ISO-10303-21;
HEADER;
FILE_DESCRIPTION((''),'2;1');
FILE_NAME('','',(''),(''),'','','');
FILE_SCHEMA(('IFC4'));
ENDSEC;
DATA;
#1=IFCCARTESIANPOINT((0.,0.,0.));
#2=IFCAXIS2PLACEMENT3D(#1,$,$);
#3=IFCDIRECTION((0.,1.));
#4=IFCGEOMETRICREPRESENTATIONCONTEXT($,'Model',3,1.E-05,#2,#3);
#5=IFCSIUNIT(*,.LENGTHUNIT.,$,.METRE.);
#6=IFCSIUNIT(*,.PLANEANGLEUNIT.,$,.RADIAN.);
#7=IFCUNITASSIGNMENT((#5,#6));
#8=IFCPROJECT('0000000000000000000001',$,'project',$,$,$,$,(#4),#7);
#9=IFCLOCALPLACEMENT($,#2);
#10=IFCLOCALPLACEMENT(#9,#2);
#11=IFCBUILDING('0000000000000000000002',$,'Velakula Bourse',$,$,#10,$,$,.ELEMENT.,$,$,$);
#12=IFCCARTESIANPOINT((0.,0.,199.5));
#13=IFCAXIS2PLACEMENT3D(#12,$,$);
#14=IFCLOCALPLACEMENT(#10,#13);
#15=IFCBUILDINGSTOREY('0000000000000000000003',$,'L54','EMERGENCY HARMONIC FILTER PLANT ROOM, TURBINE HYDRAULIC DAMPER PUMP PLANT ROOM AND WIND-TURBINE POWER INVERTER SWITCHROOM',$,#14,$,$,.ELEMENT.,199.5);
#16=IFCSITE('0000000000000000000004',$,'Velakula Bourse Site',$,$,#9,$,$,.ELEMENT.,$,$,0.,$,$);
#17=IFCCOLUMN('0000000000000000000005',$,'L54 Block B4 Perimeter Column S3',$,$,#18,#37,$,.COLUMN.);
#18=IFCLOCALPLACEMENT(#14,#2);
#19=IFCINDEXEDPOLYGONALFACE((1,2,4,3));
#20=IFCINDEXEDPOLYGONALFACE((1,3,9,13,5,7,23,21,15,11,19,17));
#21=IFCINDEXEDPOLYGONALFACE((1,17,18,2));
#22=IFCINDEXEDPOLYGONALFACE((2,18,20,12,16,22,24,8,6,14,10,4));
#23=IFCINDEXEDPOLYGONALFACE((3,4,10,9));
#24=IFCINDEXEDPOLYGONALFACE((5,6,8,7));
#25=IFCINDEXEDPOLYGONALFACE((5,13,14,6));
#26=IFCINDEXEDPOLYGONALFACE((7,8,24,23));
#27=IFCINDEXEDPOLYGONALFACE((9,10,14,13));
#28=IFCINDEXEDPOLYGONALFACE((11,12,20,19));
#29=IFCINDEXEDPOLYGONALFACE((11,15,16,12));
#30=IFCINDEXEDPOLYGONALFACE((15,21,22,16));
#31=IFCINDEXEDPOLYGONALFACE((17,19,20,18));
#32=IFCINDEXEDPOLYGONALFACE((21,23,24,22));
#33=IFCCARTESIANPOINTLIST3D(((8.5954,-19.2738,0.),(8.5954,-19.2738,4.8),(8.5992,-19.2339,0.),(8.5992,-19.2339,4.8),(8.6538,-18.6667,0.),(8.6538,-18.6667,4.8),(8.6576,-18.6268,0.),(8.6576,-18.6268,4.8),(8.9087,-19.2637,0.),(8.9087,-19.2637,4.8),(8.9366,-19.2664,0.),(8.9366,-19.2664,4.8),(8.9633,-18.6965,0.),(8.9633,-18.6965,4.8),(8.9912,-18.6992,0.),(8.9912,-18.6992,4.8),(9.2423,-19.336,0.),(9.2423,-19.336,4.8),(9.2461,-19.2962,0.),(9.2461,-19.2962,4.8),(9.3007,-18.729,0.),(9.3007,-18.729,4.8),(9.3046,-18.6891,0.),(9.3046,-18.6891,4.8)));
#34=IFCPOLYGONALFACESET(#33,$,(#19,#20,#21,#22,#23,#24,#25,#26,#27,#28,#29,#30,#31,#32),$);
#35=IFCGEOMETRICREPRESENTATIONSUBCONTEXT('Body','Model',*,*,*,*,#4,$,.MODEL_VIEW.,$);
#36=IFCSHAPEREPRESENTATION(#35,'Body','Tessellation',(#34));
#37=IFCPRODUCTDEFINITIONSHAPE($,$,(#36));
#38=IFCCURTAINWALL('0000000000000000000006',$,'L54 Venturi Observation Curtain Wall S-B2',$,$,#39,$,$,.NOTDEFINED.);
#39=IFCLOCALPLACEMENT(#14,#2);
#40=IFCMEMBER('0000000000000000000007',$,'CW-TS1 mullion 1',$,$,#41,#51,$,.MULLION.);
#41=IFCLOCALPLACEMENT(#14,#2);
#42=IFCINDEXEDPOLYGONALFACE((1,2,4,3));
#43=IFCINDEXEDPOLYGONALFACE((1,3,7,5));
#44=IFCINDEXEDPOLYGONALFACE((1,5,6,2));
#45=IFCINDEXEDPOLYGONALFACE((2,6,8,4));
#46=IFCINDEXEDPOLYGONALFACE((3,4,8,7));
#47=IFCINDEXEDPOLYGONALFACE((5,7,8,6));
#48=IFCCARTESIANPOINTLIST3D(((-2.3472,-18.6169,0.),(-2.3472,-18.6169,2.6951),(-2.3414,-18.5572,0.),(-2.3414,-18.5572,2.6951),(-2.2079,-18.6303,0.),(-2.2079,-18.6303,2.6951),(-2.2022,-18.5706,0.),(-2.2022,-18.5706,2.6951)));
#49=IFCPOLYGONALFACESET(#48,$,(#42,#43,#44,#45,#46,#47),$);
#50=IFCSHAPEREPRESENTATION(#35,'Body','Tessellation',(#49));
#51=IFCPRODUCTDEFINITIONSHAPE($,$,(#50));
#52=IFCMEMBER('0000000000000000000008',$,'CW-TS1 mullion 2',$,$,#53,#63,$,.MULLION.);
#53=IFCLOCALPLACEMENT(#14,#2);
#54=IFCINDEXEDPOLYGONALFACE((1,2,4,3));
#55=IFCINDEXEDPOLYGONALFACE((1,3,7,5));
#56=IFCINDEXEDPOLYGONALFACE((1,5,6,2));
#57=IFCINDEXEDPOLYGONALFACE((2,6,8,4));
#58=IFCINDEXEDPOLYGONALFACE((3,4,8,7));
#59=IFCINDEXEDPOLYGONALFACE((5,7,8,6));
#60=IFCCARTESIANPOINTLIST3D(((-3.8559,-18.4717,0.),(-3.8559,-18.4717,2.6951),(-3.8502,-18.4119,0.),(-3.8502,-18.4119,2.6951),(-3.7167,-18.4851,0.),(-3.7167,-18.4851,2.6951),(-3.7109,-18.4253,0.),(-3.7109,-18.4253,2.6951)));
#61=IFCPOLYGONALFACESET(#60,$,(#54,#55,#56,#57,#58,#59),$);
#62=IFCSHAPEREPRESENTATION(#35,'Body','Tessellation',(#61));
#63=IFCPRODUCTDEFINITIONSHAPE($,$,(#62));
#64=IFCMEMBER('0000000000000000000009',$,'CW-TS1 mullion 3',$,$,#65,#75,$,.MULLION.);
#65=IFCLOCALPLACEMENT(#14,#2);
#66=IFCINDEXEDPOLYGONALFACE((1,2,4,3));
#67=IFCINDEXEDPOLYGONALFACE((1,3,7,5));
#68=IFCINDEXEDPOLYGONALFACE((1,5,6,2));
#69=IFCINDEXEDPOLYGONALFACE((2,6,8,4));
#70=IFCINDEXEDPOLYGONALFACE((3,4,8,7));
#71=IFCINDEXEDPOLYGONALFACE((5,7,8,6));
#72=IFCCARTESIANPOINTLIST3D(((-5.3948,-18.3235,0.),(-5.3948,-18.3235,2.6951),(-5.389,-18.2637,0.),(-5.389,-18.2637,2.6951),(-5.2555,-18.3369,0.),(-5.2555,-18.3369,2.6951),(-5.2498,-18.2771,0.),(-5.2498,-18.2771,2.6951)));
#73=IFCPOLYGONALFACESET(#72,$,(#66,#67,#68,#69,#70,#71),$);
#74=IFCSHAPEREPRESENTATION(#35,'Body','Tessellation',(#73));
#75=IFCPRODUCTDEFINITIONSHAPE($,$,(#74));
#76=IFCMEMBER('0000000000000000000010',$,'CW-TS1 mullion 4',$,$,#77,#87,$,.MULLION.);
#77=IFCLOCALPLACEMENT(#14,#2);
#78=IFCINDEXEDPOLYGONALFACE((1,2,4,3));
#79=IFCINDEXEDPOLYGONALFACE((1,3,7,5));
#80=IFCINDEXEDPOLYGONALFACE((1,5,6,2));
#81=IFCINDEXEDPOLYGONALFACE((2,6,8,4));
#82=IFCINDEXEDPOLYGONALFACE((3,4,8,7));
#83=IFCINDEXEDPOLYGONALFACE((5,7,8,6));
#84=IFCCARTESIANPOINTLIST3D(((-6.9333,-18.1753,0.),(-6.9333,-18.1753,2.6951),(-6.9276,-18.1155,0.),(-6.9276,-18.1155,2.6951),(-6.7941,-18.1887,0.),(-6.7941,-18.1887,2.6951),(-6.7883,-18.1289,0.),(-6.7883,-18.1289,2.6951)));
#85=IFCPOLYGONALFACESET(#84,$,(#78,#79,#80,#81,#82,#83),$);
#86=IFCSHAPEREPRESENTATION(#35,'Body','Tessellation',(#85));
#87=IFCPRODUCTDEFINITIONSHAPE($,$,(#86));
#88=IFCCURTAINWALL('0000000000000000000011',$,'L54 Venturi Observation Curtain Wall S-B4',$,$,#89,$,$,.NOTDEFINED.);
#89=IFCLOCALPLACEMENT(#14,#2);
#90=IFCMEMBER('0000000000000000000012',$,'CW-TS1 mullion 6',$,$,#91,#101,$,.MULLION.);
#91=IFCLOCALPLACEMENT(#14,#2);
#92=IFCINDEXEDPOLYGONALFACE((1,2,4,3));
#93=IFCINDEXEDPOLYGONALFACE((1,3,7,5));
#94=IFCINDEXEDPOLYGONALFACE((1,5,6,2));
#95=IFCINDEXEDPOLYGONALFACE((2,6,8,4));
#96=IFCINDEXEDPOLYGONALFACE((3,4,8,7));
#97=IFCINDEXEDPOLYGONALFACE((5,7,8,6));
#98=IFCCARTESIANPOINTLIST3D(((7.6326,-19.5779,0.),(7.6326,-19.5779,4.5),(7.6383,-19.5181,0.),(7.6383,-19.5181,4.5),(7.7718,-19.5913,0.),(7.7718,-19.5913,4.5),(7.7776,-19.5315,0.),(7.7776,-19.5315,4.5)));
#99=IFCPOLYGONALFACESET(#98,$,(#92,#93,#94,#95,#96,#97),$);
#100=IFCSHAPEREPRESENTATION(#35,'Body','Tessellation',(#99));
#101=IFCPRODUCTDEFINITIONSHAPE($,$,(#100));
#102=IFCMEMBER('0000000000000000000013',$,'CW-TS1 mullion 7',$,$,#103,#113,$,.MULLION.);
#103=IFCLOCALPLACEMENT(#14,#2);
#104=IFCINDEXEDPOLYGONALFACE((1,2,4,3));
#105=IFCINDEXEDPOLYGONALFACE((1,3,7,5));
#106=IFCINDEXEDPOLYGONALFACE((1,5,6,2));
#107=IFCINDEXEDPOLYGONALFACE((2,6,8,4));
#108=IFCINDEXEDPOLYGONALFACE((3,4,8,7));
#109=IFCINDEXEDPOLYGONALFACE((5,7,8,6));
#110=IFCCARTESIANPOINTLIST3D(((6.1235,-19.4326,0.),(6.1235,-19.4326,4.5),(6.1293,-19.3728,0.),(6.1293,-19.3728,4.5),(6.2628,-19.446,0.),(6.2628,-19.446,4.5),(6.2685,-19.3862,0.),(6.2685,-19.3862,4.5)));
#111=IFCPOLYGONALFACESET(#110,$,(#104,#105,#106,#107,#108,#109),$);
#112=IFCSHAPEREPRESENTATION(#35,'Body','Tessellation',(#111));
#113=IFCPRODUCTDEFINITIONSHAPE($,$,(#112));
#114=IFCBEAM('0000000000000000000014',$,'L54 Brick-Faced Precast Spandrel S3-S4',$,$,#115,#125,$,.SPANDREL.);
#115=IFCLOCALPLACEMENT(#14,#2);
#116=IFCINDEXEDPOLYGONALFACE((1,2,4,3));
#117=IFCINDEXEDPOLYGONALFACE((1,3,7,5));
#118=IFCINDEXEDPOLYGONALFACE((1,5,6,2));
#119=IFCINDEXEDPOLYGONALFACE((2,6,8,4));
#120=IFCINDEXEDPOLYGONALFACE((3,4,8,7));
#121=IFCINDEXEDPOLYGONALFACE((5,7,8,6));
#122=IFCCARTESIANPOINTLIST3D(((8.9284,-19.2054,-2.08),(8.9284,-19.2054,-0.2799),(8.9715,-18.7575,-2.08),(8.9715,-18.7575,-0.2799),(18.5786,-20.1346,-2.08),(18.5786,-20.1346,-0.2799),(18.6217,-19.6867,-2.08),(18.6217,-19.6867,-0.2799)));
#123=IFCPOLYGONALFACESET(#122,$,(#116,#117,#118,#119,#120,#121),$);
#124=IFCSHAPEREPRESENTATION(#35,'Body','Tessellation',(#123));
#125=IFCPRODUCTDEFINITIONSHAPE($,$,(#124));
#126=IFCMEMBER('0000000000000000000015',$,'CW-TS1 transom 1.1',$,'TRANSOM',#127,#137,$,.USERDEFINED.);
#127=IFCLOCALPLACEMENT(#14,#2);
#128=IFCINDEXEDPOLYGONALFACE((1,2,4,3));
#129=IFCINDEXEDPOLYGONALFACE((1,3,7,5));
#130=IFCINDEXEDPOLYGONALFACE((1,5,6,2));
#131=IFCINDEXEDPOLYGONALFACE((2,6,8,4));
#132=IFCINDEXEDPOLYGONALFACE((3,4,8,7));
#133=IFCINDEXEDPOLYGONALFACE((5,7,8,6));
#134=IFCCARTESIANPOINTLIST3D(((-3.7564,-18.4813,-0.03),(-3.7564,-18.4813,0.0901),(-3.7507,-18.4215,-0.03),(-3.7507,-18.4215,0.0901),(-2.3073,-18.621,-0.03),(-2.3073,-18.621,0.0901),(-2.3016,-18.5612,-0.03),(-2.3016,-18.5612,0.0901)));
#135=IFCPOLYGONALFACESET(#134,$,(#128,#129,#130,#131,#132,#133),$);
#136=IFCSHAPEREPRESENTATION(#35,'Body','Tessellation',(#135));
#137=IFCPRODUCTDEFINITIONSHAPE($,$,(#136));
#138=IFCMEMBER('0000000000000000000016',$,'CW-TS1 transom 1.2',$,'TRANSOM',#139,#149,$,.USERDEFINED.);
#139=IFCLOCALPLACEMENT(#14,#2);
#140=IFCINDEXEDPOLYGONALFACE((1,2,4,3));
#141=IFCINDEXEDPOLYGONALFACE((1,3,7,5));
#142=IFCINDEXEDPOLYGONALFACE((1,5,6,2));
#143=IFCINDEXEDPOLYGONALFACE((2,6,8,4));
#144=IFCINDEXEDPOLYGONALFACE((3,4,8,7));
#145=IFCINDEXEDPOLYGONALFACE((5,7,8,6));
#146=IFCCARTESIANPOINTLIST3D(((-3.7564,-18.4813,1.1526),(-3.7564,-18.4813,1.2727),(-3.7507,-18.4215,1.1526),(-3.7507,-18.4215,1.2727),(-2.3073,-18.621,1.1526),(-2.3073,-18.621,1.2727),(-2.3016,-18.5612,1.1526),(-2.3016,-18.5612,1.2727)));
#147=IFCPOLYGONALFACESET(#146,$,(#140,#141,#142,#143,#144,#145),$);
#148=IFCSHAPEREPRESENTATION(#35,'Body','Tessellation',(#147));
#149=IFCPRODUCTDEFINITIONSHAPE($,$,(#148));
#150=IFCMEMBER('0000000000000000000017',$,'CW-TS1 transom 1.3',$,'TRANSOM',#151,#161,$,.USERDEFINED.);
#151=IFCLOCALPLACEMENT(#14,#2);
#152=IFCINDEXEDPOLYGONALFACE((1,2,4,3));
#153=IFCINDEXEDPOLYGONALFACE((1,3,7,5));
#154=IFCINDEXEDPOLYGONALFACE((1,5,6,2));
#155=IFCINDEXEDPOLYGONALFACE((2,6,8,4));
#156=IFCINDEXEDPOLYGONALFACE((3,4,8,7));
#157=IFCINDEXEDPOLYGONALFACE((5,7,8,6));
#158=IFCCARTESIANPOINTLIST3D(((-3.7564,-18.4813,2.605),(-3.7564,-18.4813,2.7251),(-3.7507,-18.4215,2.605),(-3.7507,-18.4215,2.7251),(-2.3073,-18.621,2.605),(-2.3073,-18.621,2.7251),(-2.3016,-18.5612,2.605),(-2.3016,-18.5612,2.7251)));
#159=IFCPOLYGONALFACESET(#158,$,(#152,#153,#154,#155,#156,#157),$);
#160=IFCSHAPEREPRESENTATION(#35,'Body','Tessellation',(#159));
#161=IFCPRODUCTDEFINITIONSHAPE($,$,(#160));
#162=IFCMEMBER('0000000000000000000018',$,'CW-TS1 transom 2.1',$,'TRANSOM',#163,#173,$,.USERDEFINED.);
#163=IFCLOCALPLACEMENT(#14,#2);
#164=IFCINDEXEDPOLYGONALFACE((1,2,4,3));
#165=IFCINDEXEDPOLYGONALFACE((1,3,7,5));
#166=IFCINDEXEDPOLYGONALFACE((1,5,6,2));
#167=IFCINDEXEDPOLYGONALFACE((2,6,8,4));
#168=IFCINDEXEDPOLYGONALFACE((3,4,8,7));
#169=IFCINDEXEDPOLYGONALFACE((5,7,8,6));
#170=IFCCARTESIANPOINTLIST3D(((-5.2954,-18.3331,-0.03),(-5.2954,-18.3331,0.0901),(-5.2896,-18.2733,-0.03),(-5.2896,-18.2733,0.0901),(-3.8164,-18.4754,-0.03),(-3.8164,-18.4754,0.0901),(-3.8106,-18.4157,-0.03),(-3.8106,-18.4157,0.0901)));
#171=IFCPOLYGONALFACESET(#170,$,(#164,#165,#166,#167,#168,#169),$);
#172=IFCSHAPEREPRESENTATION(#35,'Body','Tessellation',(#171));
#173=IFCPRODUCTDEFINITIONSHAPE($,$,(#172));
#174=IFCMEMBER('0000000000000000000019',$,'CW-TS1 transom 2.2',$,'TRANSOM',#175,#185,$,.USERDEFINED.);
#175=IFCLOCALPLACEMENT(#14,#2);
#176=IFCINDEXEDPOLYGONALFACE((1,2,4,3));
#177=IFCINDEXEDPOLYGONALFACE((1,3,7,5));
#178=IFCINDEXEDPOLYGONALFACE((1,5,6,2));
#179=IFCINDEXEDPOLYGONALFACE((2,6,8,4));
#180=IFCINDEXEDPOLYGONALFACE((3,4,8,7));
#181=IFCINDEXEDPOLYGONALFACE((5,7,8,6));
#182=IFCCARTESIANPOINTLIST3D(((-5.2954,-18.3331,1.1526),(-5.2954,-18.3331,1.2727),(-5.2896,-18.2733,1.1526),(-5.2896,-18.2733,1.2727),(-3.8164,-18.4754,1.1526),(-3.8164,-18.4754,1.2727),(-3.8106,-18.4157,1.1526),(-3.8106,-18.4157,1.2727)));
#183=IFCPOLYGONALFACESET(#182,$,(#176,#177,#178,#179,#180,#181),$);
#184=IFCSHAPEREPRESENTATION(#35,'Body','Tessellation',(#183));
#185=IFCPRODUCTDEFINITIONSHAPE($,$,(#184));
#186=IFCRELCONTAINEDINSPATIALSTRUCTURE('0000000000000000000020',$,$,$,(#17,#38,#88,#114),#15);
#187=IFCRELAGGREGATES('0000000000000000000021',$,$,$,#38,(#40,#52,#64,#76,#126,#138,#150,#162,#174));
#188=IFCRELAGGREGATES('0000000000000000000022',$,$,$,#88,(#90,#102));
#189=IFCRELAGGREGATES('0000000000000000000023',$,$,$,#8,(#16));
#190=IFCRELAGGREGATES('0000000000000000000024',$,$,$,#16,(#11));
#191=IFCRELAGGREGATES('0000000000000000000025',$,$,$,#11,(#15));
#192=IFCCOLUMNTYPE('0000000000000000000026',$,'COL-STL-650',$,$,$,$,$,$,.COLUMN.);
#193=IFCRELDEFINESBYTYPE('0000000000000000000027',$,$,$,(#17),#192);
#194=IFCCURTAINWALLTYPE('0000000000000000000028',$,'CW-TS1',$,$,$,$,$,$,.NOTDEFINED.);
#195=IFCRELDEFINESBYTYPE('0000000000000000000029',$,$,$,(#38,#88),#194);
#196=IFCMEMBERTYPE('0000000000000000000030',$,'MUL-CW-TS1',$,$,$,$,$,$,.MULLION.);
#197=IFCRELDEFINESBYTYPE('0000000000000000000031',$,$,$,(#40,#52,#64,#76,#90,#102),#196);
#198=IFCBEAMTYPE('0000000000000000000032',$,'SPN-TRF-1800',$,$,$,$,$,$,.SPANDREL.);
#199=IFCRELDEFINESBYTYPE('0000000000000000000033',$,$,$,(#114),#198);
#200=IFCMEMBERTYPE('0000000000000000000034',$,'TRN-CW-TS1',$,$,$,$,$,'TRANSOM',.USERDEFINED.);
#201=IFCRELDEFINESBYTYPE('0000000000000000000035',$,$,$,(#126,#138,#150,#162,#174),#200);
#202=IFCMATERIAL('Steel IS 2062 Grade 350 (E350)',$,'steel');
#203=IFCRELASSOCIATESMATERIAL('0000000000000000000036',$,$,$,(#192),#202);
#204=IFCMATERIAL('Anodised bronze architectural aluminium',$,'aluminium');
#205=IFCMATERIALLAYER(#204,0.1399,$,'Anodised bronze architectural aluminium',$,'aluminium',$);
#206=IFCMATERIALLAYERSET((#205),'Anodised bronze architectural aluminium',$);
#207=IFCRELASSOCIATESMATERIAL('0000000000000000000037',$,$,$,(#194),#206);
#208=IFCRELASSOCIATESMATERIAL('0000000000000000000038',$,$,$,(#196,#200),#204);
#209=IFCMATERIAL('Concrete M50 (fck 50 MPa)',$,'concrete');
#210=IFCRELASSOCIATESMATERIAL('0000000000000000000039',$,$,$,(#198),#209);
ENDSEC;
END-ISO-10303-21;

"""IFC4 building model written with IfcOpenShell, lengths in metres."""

from ifc_helpers import new_model, si_unit, direction, frame, origin, origin_2d, place, context, subcontext, project, spatial, rectangle, i_section, extrude, material, layer, layer_set, material_profile, profile_set, type_object, element, aggregate, save


model = new_model("IFC4")

# Units and contexts
model_context = context("Model", 3, precision=1e-05, world=origin(), true_north=direction((0.0, 1.0)))
body_context = subcontext(model_context, "Body", "Model", "MODEL_VIEW")
ifc_project = project(units=[si_unit("LENGTHUNIT", "METRE"), si_unit("PLANEANGLEUNIT", "RADIAN")], contexts=[model_context])

# Site, building, storey
site_placement = place(None, origin())
site = spatial("IfcSite", under=ifc_project, at=site_placement, Name="Velakula Bourse Site", CompositionType="ELEMENT", RefElevation=0.0)
building_placement = place(site_placement, origin())
building = spatial("IfcBuilding", under=site, at=building_placement, Name="Velakula Bourse", CompositionType="ELEMENT")
storey_placement = place(building_placement, frame((0.0, 0.0, 199.5)))
storey = spatial("IfcBuildingStorey", under=building, at=storey_placement, Name="L54", Description="EMERGENCY HARMONIC FILTER PLANT ROOM, TURBINE HYDRAULIC DAMPER PUMP PLANT ROOM AND WIND-TURBINE POWER INVERTER SWITCHROOM", CompositionType="ELEMENT", Elevation=199.5)

# Column
ifc_material_1 = material(Name="Steel IS 2062 Grade 350 (E350)", Category="steel")
ifc_material_profile_1 = material_profile(ifc_material_1, i_section(OverallWidth=0.6499, OverallDepth=0.6499, WebThickness=0.0281, FlangeThickness=0.04, at=origin_2d()), Name="Steel IS 2062 Grade 350 (E350)")
ifc_profile_set_1 = profile_set([ifc_material_profile_1], Name="Steel IS 2062 Grade 350 (E350)")
column_type = type_object("IfcColumnType", Name="COL-STL-650", PredefinedType="COLUMN", material=ifc_profile_set_1)
column_placement = place(storey_placement, frame((8.95, -18.9814, 0.0), z_axis=(0.0, 0.0, 1.0), x_axis=(0.995396, -0.095846, 0.0)))
element("IfcColumn", 1, at=column_placement, inside=storey, type_object=column_type, Name="L54 Block B4 Perimeter Column S3", PredefinedType="COLUMN", context=body_context, shape_type="SweptSolid", body=[
    extrude(i_section(OverallWidth=0.6499, OverallDepth=0.6499, WebThickness=0.0281, FlangeThickness=0.04, at=origin_2d()), origin(), (0.0, 0.0, 1.0), 4.8),
])

# Curtain walls, members
ifc_material_2 = material(Name="Anodised bronze architectural aluminium", Category="aluminium")
ifc_layer_1 = layer(ifc_material_2, 0.1399, Name="Anodised bronze architectural aluminium", Category="aluminium")
ifc_layer_set_1 = layer_set([ifc_layer_1], Name="Anodised bronze architectural aluminium")
curtain_wall_type = type_object("IfcCurtainWallType", Name="CW-TS1", PredefinedType="NOTDEFINED", material=ifc_layer_set_1)
curtain_wall_1_placement = place(storey_placement, origin())
curtain_wall_1 = element("IfcCurtainWall", 2, at=curtain_wall_1_placement, inside=storey, type_object=curtain_wall_type, Name="L54 Venturi Observation Curtain Wall S-B2", PredefinedType="NOTDEFINED")
ifc_material_profile_2 = material_profile(ifc_material_2, rectangle(XDim=0.0601, YDim=0.1399, at=origin_2d()), Name="Anodised bronze architectural aluminium")
ifc_profile_set_2 = profile_set([ifc_material_profile_2], Name="Anodised bronze architectural aluminium")
member_type_1 = type_object("IfcMemberType", Name="MUL-CW-TS1", PredefinedType="MULLION", material=ifc_profile_set_2)
member_1_placement = place(storey_placement, frame((-2.2747, -18.5938, 0.0), z_axis=(0.0, 0.0, 1.0), x_axis=(-0.095849, -0.995396, 0.0)))
member_1 = element("IfcMember", 3, at=member_1_placement, type_object=member_type_1, Name="CW-TS1 mullion 1", PredefinedType="MULLION", context=body_context, shape_type="SweptSolid", body=[
    extrude(rectangle(XDim=0.0601, YDim=0.1399, at=origin_2d()), origin(), (0.0, 0.0, 1.0), 2.6951),
])
member_2_placement = place(storey_placement, frame((-3.7834, -18.4485, 0.0), z_axis=(0.0, 0.0, 1.0), x_axis=(-0.095849, -0.995396, 0.0)))
member_2 = element("IfcMember", 4, at=member_2_placement, type_object=member_type_1, Name="CW-TS1 mullion 2", PredefinedType="MULLION", context=body_context, shape_type="SweptSolid", body=[
    extrude(rectangle(XDim=0.0601, YDim=0.1399, at=origin_2d()), origin(), (0.0, 0.0, 1.0), 2.6951),
])
member_3_placement = place(storey_placement, frame((-5.3223, -18.3003, 0.0), z_axis=(0.0, 0.0, 1.0), x_axis=(-0.095849, -0.995396, 0.0)))
member_3 = element("IfcMember", 5, at=member_3_placement, type_object=member_type_1, Name="CW-TS1 mullion 3", PredefinedType="MULLION", context=body_context, shape_type="SweptSolid", body=[
    extrude(rectangle(XDim=0.0601, YDim=0.1399, at=origin_2d()), origin(), (0.0, 0.0, 1.0), 2.6951),
])
member_4_placement = place(storey_placement, frame((-6.8608, -18.1521, 0.0), z_axis=(0.0, 0.0, 1.0), x_axis=(-0.095849, -0.995396, 0.0)))
member_4 = element("IfcMember", 6, at=member_4_placement, type_object=member_type_1, Name="CW-TS1 mullion 4", PredefinedType="MULLION", context=body_context, shape_type="SweptSolid", body=[
    extrude(rectangle(XDim=0.0601, YDim=0.1399, at=origin_2d()), origin(), (0.0, 0.0, 1.0), 2.6951),
])
curtain_wall_2_placement = place(storey_placement, origin())
curtain_wall_2 = element("IfcCurtainWall", 7, at=curtain_wall_2_placement, inside=storey, type_object=curtain_wall_type, Name="L54 Venturi Observation Curtain Wall S-B4", PredefinedType="NOTDEFINED")
member_5_placement = place(storey_placement, frame((7.7051, -19.5547, 0.0), z_axis=(0.0, 0.0, 1.0), x_axis=(-0.095849, -0.995396, 0.0)))
member_5 = element("IfcMember", 8, at=member_5_placement, type_object=member_type_1, Name="CW-TS1 mullion 6", PredefinedType="MULLION", context=body_context, shape_type="SweptSolid", body=[
    extrude(rectangle(XDim=0.0601, YDim=0.1399, at=origin_2d()), origin(), (0.0, 0.0, 1.0), 4.5),
])
member_6_placement = place(storey_placement, frame((6.196, -19.4094, 0.0), z_axis=(0.0, 0.0, 1.0), x_axis=(-0.095849, -0.995396, 0.0)))
member_6 = element("IfcMember", 9, at=member_6_placement, type_object=member_type_1, Name="CW-TS1 mullion 7", PredefinedType="MULLION", context=body_context, shape_type="SweptSolid", body=[
    extrude(rectangle(XDim=0.0601, YDim=0.1399, at=origin_2d()), origin(), (0.0, 0.0, 1.0), 4.5),
])

# Beam
ifc_material_3 = material(Name="Concrete M50 (fck 50 MPa)", Category="concrete")
ifc_material_profile_3 = material_profile(ifc_material_3, rectangle(XDim=0.45, YDim=1.8, at=origin_2d()), Name="Concrete M50 (fck 50 MPa)")
ifc_profile_set_3 = profile_set([ifc_material_profile_3], Name="Concrete M50 (fck 50 MPa)")
beam_type = type_object("IfcBeamType", Name="SPN-TRF-1800", PredefinedType="SPANDREL", material=ifc_profile_set_3)
beam_placement = place(storey_placement, frame((8.95, -18.9814, -1.1799), z_axis=(0.995396, -0.095845, 0.0), x_axis=(0.095845, 0.995396, 0.0)))
element("IfcBeam", 10, at=beam_placement, inside=storey, type_object=beam_type, Name="L54 Brick-Faced Precast Spandrel S3-S4", PredefinedType="SPANDREL", context=body_context, shape_type="SweptSolid", body=[
    extrude(rectangle(XDim=0.45, YDim=1.8, at=origin_2d()), origin(), (0.0, 0.0, 1.0), 9.6948),
])

# Members
ifc_material_profile_4 = material_profile(ifc_material_2, rectangle(XDim=0.0601, YDim=0.1201, at=origin_2d()), Name="Anodised bronze architectural aluminium")
ifc_profile_set_4 = profile_set([ifc_material_profile_4], Name="Anodised bronze architectural aluminium")
member_type_2 = type_object("IfcMemberType", Name="TRN-CW-TS1", ElementType="TRANSOM", PredefinedType="USERDEFINED", material=ifc_profile_set_4)
member_7_placement = place(storey_placement, frame((-2.3044, -18.5911, 0.03), z_axis=(-0.995389, 0.095917, 0.0), x_axis=(-0.095917, -0.995389, 0.0)))
member_7 = element("IfcMember", 11, at=member_7_placement, type_object=member_type_2, Name="CW-TS1 transom 1.1", ObjectType="TRANSOM", PredefinedType="USERDEFINED", context=body_context, shape_type="SweptSolid", body=[
    extrude(rectangle(XDim=0.0601, YDim=0.1201, at=origin_2d()), origin(), (0.0, 0.0, 1.0), 1.4558),
])
member_8_placement = place(storey_placement, frame((-2.3044, -18.5911, 1.2126), z_axis=(-0.995389, 0.095917, 0.0), x_axis=(-0.095917, -0.995389, 0.0)))
member_8 = element("IfcMember", 12, at=member_8_placement, type_object=member_type_2, Name="CW-TS1 transom 1.2", ObjectType="TRANSOM", PredefinedType="USERDEFINED", context=body_context, shape_type="SweptSolid", body=[
    extrude(rectangle(XDim=0.0601, YDim=0.1201, at=origin_2d()), origin(), (0.0, 0.0, 1.0), 1.4558),
])
member_9_placement = place(storey_placement, frame((-2.3044, -18.5911, 2.665), z_axis=(-0.995389, 0.095917, 0.0), x_axis=(-0.095917, -0.995389, 0.0)))
member_9 = element("IfcMember", 13, at=member_9_placement, type_object=member_type_2, Name="CW-TS1 transom 1.3", ObjectType="TRANSOM", PredefinedType="USERDEFINED", context=body_context, shape_type="SweptSolid", body=[
    extrude(rectangle(XDim=0.0601, YDim=0.1201, at=origin_2d()), origin(), (0.0, 0.0, 1.0), 1.4558),
])
member_10_placement = place(storey_placement, frame((-3.8135, -18.4456, 0.03), z_axis=(-0.995401, 0.095794, 0.0), x_axis=(-0.095794, -0.995401, 0.0)))
member_10 = element("IfcMember", 14, at=member_10_placement, type_object=member_type_2, Name="CW-TS1 transom 2.1", ObjectType="TRANSOM", PredefinedType="USERDEFINED", context=body_context, shape_type="SweptSolid", body=[
    extrude(rectangle(XDim=0.0601, YDim=0.1201, at=origin_2d()), origin(), (0.0, 0.0, 1.0), 1.4858),
])
member_11_placement = place(storey_placement, frame((-3.8135, -18.4456, 1.2126), z_axis=(-0.995401, 0.095794, 0.0), x_axis=(-0.095794, -0.995401, 0.0)))
member_11 = element("IfcMember", 15, at=member_11_placement, type_object=member_type_2, Name="CW-TS1 transom 2.2", ObjectType="TRANSOM", PredefinedType="USERDEFINED", context=body_context, shape_type="SweptSolid", body=[
    extrude(rectangle(XDim=0.0601, YDim=0.1201, at=origin_2d()), origin(), (0.0, 0.0, 1.0), 1.4858),
])

aggregate(curtain_wall_1, [member_1, member_2, member_3, member_4, member_7, member_8, member_9, member_10, member_11])
aggregate(curtain_wall_2, [member_5, member_6])

save(model, "model.ifc")
